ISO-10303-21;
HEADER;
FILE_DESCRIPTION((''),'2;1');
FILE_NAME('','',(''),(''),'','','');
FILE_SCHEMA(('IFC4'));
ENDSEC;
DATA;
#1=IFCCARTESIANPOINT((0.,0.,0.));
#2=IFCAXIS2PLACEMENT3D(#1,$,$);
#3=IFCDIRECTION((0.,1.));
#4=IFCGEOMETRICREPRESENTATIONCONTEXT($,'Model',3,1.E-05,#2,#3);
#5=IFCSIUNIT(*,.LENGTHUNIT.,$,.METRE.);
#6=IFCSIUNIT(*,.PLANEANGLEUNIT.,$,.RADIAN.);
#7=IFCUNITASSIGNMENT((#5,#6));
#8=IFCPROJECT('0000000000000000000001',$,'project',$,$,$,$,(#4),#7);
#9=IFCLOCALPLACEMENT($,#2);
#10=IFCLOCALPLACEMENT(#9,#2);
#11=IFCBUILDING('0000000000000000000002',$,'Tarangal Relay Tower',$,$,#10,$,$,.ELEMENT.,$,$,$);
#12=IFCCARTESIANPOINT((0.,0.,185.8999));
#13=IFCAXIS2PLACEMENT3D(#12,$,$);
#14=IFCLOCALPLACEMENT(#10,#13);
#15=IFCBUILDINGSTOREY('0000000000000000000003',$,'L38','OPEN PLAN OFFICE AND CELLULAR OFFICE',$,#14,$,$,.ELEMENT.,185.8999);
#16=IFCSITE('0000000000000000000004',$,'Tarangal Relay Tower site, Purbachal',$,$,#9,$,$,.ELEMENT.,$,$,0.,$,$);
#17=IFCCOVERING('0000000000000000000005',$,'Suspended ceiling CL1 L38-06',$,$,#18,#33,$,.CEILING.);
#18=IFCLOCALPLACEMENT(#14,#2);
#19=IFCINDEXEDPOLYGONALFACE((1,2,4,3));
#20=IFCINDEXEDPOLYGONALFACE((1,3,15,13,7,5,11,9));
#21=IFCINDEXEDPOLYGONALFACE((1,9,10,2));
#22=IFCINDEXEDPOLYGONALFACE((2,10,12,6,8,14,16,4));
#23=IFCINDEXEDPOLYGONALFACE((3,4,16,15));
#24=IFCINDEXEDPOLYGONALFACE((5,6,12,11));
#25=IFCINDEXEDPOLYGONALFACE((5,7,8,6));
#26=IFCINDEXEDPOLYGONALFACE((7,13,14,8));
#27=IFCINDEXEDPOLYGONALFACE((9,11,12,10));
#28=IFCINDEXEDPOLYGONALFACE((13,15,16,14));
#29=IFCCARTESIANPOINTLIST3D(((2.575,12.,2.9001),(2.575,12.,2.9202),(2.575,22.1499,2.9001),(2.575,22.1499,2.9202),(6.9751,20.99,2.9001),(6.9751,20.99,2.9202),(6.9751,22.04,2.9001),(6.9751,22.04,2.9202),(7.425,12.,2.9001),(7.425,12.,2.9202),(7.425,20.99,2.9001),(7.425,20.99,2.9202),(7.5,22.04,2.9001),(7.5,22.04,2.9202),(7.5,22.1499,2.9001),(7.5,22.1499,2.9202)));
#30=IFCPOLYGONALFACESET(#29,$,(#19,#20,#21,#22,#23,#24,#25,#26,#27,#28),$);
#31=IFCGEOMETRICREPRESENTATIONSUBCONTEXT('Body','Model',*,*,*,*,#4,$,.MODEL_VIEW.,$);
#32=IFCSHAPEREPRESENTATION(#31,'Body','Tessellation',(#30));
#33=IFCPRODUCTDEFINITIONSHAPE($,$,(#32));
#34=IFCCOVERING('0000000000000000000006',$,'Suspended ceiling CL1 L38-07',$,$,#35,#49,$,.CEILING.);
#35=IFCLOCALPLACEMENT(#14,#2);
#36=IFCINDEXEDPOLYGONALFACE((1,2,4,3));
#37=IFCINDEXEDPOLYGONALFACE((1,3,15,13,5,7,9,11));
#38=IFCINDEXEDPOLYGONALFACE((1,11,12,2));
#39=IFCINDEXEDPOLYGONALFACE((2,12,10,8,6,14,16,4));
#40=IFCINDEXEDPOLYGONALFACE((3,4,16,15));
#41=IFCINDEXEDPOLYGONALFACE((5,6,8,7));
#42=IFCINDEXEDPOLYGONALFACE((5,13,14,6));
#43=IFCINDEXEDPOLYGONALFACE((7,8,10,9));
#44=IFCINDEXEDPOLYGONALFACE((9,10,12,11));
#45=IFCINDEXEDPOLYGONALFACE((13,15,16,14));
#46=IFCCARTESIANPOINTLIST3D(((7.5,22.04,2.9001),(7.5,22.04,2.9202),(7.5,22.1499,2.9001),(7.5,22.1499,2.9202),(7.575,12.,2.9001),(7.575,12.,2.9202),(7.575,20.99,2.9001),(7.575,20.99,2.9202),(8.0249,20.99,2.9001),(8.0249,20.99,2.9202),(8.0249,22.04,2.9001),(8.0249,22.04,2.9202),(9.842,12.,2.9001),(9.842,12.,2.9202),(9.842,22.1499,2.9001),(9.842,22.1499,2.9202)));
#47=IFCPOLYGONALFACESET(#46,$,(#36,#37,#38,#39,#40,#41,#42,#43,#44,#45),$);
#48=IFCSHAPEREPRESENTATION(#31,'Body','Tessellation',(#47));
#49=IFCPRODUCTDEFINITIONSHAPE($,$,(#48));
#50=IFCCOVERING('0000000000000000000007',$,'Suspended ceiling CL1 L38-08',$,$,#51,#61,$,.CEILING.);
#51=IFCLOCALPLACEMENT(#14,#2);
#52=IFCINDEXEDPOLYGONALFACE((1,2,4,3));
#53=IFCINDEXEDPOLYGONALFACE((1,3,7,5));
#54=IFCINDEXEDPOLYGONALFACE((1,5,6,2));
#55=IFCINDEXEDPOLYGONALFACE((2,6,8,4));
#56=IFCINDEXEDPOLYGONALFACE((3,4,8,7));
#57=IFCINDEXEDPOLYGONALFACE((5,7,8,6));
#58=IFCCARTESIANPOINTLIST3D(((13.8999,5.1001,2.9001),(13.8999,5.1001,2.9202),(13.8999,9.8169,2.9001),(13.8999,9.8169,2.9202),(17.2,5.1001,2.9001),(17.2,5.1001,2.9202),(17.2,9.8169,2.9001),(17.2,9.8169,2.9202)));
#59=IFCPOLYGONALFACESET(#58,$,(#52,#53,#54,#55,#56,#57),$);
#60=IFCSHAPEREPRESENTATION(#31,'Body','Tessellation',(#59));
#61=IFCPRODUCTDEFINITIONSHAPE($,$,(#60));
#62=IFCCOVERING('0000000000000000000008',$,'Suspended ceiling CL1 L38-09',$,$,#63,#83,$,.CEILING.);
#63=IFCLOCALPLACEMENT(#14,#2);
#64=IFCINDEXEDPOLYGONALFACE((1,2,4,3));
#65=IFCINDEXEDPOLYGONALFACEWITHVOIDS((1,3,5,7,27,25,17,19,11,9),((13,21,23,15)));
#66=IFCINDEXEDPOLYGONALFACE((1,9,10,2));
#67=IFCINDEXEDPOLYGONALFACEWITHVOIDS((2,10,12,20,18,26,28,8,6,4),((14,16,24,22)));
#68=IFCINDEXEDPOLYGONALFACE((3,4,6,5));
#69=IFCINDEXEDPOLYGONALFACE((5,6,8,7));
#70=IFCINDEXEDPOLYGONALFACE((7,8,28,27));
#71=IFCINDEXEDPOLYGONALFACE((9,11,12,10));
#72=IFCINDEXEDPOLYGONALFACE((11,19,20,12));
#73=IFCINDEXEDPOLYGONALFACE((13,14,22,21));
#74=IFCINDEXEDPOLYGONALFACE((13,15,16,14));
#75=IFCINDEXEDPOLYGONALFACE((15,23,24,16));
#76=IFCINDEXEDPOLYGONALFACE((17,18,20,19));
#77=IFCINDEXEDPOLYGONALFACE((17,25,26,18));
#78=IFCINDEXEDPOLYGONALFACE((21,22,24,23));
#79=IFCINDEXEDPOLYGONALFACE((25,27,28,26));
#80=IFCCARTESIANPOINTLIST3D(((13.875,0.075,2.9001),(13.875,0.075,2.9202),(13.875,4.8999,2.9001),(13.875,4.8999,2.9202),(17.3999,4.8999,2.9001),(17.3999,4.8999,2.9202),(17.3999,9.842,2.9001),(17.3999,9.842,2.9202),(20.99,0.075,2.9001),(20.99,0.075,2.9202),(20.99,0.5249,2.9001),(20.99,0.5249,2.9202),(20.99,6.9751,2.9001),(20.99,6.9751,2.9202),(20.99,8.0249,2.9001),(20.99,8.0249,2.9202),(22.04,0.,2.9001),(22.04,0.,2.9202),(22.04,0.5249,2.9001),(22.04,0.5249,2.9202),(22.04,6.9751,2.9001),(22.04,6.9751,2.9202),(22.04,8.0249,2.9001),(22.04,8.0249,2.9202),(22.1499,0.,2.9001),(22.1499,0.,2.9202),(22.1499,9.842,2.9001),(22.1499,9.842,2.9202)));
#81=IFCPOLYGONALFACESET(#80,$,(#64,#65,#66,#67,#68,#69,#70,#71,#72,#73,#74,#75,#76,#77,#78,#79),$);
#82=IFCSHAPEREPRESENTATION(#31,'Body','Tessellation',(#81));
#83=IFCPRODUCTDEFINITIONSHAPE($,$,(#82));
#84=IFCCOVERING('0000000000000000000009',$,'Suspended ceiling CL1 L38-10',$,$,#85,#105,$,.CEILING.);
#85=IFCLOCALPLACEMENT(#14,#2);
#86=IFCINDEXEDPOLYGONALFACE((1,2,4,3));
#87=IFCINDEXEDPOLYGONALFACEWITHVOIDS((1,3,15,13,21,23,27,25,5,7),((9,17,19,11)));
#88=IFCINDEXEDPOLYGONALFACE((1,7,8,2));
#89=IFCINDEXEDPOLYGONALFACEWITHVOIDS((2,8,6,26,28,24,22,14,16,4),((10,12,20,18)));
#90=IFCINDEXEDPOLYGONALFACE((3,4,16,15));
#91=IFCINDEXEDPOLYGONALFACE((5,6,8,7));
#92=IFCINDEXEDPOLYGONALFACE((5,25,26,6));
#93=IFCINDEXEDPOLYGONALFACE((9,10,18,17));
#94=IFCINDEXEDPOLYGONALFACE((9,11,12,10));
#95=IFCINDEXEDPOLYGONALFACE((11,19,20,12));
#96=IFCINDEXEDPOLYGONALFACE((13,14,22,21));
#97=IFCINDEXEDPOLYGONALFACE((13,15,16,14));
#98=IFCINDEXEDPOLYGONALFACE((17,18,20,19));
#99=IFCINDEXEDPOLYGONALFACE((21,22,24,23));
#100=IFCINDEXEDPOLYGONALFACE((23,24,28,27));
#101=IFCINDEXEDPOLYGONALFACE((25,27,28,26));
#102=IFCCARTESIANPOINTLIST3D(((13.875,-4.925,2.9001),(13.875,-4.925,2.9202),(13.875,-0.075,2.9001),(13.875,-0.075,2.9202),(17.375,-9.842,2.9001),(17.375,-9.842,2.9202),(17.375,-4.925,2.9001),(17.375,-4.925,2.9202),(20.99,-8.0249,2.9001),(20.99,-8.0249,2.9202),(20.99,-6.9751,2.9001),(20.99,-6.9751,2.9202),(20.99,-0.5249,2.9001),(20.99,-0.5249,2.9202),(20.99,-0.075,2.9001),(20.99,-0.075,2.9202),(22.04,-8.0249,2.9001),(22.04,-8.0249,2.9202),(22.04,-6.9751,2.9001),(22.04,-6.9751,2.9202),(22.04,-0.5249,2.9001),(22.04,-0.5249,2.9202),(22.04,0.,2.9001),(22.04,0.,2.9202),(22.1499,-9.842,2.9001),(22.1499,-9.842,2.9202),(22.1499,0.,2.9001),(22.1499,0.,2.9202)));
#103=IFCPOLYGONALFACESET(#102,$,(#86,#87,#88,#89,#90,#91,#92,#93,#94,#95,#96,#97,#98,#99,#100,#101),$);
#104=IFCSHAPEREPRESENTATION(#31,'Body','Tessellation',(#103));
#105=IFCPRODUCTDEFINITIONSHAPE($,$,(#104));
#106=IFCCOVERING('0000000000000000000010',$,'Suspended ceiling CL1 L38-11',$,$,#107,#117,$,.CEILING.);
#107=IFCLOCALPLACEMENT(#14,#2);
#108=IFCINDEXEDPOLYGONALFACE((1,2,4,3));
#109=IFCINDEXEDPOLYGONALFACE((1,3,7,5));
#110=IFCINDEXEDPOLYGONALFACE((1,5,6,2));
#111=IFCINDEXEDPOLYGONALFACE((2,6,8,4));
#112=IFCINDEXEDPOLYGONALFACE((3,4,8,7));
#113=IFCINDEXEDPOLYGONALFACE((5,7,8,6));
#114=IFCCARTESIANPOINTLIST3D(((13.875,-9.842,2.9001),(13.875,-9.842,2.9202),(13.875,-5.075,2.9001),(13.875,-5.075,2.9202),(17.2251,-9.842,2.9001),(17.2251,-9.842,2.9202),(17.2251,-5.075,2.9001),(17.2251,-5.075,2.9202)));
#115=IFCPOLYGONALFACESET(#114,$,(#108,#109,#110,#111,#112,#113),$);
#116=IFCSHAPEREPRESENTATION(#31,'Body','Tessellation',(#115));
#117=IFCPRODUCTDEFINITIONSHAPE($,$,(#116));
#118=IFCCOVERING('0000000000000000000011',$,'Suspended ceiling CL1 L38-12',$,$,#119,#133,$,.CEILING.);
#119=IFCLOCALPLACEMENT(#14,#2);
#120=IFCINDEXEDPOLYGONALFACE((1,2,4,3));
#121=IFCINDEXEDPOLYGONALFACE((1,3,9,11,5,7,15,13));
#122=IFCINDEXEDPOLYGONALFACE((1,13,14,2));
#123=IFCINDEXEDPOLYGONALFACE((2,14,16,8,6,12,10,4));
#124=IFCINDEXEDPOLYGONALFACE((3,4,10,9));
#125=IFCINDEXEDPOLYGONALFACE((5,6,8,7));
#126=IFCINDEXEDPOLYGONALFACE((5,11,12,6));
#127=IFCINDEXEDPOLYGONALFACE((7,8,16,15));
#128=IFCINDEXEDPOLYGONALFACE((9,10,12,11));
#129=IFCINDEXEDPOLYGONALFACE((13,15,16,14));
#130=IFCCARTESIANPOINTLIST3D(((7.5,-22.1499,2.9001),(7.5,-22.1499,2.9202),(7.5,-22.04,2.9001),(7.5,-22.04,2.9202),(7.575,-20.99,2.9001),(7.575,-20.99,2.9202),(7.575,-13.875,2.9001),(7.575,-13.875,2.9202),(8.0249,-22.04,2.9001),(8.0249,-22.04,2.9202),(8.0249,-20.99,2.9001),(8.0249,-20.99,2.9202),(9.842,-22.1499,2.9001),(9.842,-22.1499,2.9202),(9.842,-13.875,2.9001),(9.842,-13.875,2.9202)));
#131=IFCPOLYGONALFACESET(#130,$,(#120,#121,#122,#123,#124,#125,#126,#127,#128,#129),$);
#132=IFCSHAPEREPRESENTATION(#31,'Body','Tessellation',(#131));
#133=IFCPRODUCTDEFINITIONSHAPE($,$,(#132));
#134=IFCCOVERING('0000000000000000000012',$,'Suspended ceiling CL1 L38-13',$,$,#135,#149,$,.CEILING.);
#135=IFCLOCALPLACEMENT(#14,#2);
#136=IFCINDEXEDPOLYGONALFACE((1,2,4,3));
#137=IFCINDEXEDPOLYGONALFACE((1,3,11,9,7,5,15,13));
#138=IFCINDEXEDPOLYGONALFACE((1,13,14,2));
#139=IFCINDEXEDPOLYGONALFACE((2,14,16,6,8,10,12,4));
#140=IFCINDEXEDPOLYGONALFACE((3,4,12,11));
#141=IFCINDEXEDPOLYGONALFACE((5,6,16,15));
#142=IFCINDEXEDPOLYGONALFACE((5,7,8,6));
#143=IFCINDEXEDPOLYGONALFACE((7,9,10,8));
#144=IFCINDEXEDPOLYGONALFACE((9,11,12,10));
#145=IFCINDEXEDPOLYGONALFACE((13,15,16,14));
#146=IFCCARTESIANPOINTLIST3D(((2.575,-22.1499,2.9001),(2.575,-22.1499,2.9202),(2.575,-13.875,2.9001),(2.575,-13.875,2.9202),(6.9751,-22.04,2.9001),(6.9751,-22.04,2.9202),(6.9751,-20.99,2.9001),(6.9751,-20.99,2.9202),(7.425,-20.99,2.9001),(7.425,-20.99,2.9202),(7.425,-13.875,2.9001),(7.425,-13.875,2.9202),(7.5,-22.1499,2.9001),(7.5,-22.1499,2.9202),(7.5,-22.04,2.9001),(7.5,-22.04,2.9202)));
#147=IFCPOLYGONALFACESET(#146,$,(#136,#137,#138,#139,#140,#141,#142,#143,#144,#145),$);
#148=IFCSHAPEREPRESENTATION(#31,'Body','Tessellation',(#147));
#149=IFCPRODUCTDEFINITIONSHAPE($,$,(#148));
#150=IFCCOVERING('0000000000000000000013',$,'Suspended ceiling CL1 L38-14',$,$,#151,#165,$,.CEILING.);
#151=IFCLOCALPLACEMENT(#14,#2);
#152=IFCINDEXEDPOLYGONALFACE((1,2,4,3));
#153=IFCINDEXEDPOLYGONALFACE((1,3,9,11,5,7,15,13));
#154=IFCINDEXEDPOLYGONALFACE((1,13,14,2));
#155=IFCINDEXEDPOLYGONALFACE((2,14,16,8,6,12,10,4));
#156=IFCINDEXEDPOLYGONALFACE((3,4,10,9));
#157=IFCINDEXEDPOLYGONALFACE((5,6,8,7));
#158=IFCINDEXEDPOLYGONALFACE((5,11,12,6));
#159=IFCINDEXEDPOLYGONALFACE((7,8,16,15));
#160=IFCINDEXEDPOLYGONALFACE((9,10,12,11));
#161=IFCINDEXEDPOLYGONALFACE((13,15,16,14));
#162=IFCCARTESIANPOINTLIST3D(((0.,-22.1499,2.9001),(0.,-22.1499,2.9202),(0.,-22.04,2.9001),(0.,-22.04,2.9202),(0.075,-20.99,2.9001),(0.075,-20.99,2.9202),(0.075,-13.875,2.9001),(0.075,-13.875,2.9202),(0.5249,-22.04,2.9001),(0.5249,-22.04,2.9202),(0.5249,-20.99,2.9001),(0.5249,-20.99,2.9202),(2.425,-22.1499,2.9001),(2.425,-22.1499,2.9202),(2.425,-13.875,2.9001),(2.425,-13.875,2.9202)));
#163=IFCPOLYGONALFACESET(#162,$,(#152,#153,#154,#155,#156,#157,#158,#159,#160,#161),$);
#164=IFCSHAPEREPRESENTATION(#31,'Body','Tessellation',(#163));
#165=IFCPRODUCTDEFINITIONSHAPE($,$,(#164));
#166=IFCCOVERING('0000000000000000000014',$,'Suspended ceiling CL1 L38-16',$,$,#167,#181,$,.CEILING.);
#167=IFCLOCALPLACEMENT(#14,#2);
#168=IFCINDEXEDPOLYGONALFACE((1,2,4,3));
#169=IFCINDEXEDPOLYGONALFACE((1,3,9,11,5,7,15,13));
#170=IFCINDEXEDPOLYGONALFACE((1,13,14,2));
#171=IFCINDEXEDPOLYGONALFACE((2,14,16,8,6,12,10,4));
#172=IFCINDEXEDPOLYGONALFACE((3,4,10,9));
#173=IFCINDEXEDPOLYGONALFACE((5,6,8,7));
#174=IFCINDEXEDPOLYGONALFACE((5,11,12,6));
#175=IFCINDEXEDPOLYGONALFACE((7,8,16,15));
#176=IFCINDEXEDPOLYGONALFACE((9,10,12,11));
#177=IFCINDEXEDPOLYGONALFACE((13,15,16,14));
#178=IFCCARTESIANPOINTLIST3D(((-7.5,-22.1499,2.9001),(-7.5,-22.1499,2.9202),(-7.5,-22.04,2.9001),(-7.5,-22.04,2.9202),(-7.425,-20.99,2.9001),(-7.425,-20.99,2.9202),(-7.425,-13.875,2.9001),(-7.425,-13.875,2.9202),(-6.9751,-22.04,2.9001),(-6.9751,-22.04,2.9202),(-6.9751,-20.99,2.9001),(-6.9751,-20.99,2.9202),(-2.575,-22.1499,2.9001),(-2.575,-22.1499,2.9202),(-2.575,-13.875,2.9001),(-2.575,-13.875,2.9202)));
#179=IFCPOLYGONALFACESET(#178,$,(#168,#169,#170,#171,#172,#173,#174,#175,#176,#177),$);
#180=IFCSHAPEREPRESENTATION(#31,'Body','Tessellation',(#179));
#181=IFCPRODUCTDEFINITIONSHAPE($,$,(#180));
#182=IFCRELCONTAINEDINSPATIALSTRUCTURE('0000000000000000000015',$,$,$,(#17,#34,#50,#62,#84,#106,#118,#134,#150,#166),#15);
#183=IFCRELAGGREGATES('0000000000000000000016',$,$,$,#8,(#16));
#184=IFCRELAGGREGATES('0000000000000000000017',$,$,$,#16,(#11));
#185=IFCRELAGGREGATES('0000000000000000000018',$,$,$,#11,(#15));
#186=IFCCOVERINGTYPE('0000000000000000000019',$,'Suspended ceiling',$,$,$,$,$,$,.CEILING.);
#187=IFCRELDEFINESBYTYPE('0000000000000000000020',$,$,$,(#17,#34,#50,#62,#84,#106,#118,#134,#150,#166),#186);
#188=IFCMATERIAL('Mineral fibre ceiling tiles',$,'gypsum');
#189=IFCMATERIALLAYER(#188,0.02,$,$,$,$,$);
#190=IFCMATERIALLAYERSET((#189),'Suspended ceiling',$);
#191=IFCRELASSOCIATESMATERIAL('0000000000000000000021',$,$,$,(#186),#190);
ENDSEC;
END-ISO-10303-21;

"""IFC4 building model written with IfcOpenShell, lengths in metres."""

from ifc_helpers import new_model, si_unit, direction, frame, origin, place, context, subcontext, project, spatial, polyline, outline, extrude, material, layer, layer_set, type_object, element, save


model = new_model("IFC4")

# Units and contexts
model_context = context("Model", 3, precision=1e-05, world=origin(), true_north=direction((0.0, 1.0)))
body_context = subcontext(model_context, "Body", "Model", "MODEL_VIEW")
ifc_project = project(units=[si_unit("LENGTHUNIT", "METRE"), si_unit("PLANEANGLEUNIT", "RADIAN")], contexts=[model_context])

# Site, building, storey
site_placement = place(None, origin())
site = spatial("IfcSite", under=ifc_project, at=site_placement, Name="Tarangal Relay Tower site, Purbachal", CompositionType="ELEMENT", RefElevation=0.0)
building_placement = place(site_placement, origin())
building = spatial("IfcBuilding", under=site, at=building_placement, Name="Tarangal Relay Tower", CompositionType="ELEMENT")
storey_placement = place(building_placement, frame((0.0, 0.0, 185.8999)))
storey = spatial("IfcBuildingStorey", under=building, at=storey_placement, Name="L38", Description="OPEN PLAN OFFICE AND CELLULAR OFFICE", CompositionType="ELEMENT", Elevation=185.8999)

# Coverings
ifc_material_1 = material(Name="Mineral fibre ceiling tiles", Category="gypsum")
ifc_layer_1 = layer(ifc_material_1, 0.02)
ifc_layer_set_1 = layer_set([ifc_layer_1], Name="Suspended ceiling")
covering_type_1 = type_object("IfcCoveringType", Name="Suspended ceiling", PredefinedType="CEILING", material=ifc_layer_set_1)
covering_1_placement = place(storey_placement, frame((0.0, 0.0, 2.9001)))
element("IfcCovering", 1, at=covering_1_placement, inside=storey, type_object=covering_type_1, Name="Suspended ceiling CL1 L38-06", PredefinedType="CEILING", context=body_context, shape_type="SweptSolid", body=[
    extrude(outline(polyline([(7.425, 20.99), (6.9751, 20.99), (6.9751, 22.04), (7.5, 22.04), (7.5, 22.1499), (2.575, 22.1499), (2.575, 12.0), (7.425, 12.0), (7.425, 20.99)])), origin(), (0.0, 0.0, 1.0), 0.02),
])
covering_2_placement = place(storey_placement, frame((0.0, 0.0, 2.9001)))
element("IfcCovering", 2, at=covering_2_placement, inside=storey, type_object=covering_type_1, Name="Suspended ceiling CL1 L38-07", PredefinedType="CEILING", context=body_context, shape_type="SweptSolid", body=[
    extrude(outline(polyline([(7.575, 12.0), (9.842, 12.0), (9.842, 22.1499), (7.5, 22.1499), (7.5, 22.04), (8.0249, 22.04), (8.0249, 20.99), (7.575, 20.99), (7.575, 12.0)])), origin(), (0.0, 0.0, 1.0), 0.02),
])
covering_3_placement = place(storey_placement, frame((0.0, 0.0, 2.9001)))
element("IfcCovering", 3, at=covering_3_placement, inside=storey, type_object=covering_type_1, Name="Suspended ceiling CL1 L38-08", PredefinedType="CEILING", context=body_context, shape_type="SweptSolid", body=[
    extrude(outline(polyline([(17.2, 9.8169), (13.8999, 9.8169), (13.8999, 5.1001), (17.2, 5.1001), (17.2, 9.8169)])), origin(), (0.0, 0.0, 1.0), 0.02),
])
covering_4_placement = place(storey_placement, frame((0.0, 0.0, 2.9001)))
element("IfcCovering", 4, at=covering_4_placement, inside=storey, type_object=covering_type_1, Name="Suspended ceiling CL1 L38-09", PredefinedType="CEILING", context=body_context, shape_type="SweptSolid", body=[
    extrude(outline(polyline([(22.1499, 0.0), (22.1499, 9.842), (17.3999, 9.842), (17.3999, 4.8999), (13.875, 4.8999), (13.875, 0.075), (20.99, 0.075), (20.99, 0.5249), (22.04, 0.5249), (22.04, 0.0), (22.1499, 0.0)]), holes=[polyline([(22.04, 6.9751), (22.04, 8.0249), (20.99, 8.0249), (20.99, 6.9751), (22.04, 6.9751)])]), origin(), (0.0, 0.0, 1.0), 0.02),
])
covering_5_placement = place(storey_placement, frame((0.0, 0.0, 2.9001)))
element("IfcCovering", 5, at=covering_5_placement, inside=storey, type_object=covering_type_1, Name="Suspended ceiling CL1 L38-10", PredefinedType="CEILING", context=body_context, shape_type="SweptSolid", body=[
    extrude(outline(polyline([(22.1499, 0.0), (22.04, 0.0), (22.04, -0.5249), (20.99, -0.5249), (20.99, -0.075), (13.875, -0.075), (13.875, -4.925), (17.375, -4.925), (17.375, -9.842), (22.1499, -9.842), (22.1499, 0.0)]), holes=[polyline([(22.04, -8.0249), (22.04, -6.9751), (20.99, -6.9751), (20.99, -8.0249), (22.04, -8.0249)])]), origin(), (0.0, 0.0, 1.0), 0.02),
])
covering_6_placement = place(storey_placement, frame((0.0, 0.0, 2.9001)))
element("IfcCovering", 6, at=covering_6_placement, inside=storey, type_object=covering_type_1, Name="Suspended ceiling CL1 L38-11", PredefinedType="CEILING", context=body_context, shape_type="SweptSolid", body=[
    extrude(outline(polyline([(13.875, -5.075), (13.875, -9.842), (17.2251, -9.842), (17.2251, -5.075), (13.875, -5.075)])), origin(), (0.0, 0.0, 1.0), 0.02),
])
covering_7_placement = place(storey_placement, frame((0.0, 0.0, 2.9001)))
element("IfcCovering", 7, at=covering_7_placement, inside=storey, type_object=covering_type_1, Name="Suspended ceiling CL1 L38-12", PredefinedType="CEILING", context=body_context, shape_type="SweptSolid", body=[
    extrude(outline(polyline([(7.5, -22.1499), (9.842, -22.1499), (9.842, -13.875), (7.575, -13.875), (7.575, -20.99), (8.0249, -20.99), (8.0249, -22.04), (7.5, -22.04), (7.5, -22.1499)])), origin(), (0.0, 0.0, 1.0), 0.02),
])
covering_8_placement = place(storey_placement, frame((0.0, 0.0, 2.9001)))
element("IfcCovering", 8, at=covering_8_placement, inside=storey, type_object=covering_type_1, Name="Suspended ceiling CL1 L38-13", PredefinedType="CEILING", context=body_context, shape_type="SweptSolid", body=[
    extrude(outline(polyline([(2.575, -22.1499), (7.5, -22.1499), (7.5, -22.04), (6.9751, -22.04), (6.9751, -20.99), (7.425, -20.99), (7.425, -13.875), (2.575, -13.875), (2.575, -22.1499)])), origin(), (0.0, 0.0, 1.0), 0.02),
])
covering_9_placement = place(storey_placement, frame((0.0, 0.0, 2.9001)))
element("IfcCovering", 9, at=covering_9_placement, inside=storey, type_object=covering_type_1, Name="Suspended ceiling CL1 L38-14", PredefinedType="CEILING", context=body_context, shape_type="SweptSolid", body=[
    extrude(outline(polyline([(0.0, -22.1499), (2.425, -22.1499), (2.425, -13.875), (0.075, -13.875), (0.075, -20.99), (0.5249, -20.99), (0.5249, -22.04), (0.0, -22.04), (0.0, -22.1499)])), origin(), (0.0, 0.0, 1.0), 0.02),
])
covering_10_placement = place(storey_placement, frame((0.0, 0.0, 2.9001)))
element("IfcCovering", 10, at=covering_10_placement, inside=storey, type_object=covering_type_1, Name="Suspended ceiling CL1 L38-16", PredefinedType="CEILING", context=body_context, shape_type="SweptSolid", body=[
    extrude(outline(polyline([(-7.5, -22.1499), (-2.575, -22.1499), (-2.575, -13.875), (-7.425, -13.875), (-7.425, -20.99), (-6.9751, -20.99), (-6.9751, -22.04), (-7.5, -22.04), (-7.5, -22.1499)])), origin(), (0.0, 0.0, 1.0), 0.02),
])

save(model, "model.ifc")
